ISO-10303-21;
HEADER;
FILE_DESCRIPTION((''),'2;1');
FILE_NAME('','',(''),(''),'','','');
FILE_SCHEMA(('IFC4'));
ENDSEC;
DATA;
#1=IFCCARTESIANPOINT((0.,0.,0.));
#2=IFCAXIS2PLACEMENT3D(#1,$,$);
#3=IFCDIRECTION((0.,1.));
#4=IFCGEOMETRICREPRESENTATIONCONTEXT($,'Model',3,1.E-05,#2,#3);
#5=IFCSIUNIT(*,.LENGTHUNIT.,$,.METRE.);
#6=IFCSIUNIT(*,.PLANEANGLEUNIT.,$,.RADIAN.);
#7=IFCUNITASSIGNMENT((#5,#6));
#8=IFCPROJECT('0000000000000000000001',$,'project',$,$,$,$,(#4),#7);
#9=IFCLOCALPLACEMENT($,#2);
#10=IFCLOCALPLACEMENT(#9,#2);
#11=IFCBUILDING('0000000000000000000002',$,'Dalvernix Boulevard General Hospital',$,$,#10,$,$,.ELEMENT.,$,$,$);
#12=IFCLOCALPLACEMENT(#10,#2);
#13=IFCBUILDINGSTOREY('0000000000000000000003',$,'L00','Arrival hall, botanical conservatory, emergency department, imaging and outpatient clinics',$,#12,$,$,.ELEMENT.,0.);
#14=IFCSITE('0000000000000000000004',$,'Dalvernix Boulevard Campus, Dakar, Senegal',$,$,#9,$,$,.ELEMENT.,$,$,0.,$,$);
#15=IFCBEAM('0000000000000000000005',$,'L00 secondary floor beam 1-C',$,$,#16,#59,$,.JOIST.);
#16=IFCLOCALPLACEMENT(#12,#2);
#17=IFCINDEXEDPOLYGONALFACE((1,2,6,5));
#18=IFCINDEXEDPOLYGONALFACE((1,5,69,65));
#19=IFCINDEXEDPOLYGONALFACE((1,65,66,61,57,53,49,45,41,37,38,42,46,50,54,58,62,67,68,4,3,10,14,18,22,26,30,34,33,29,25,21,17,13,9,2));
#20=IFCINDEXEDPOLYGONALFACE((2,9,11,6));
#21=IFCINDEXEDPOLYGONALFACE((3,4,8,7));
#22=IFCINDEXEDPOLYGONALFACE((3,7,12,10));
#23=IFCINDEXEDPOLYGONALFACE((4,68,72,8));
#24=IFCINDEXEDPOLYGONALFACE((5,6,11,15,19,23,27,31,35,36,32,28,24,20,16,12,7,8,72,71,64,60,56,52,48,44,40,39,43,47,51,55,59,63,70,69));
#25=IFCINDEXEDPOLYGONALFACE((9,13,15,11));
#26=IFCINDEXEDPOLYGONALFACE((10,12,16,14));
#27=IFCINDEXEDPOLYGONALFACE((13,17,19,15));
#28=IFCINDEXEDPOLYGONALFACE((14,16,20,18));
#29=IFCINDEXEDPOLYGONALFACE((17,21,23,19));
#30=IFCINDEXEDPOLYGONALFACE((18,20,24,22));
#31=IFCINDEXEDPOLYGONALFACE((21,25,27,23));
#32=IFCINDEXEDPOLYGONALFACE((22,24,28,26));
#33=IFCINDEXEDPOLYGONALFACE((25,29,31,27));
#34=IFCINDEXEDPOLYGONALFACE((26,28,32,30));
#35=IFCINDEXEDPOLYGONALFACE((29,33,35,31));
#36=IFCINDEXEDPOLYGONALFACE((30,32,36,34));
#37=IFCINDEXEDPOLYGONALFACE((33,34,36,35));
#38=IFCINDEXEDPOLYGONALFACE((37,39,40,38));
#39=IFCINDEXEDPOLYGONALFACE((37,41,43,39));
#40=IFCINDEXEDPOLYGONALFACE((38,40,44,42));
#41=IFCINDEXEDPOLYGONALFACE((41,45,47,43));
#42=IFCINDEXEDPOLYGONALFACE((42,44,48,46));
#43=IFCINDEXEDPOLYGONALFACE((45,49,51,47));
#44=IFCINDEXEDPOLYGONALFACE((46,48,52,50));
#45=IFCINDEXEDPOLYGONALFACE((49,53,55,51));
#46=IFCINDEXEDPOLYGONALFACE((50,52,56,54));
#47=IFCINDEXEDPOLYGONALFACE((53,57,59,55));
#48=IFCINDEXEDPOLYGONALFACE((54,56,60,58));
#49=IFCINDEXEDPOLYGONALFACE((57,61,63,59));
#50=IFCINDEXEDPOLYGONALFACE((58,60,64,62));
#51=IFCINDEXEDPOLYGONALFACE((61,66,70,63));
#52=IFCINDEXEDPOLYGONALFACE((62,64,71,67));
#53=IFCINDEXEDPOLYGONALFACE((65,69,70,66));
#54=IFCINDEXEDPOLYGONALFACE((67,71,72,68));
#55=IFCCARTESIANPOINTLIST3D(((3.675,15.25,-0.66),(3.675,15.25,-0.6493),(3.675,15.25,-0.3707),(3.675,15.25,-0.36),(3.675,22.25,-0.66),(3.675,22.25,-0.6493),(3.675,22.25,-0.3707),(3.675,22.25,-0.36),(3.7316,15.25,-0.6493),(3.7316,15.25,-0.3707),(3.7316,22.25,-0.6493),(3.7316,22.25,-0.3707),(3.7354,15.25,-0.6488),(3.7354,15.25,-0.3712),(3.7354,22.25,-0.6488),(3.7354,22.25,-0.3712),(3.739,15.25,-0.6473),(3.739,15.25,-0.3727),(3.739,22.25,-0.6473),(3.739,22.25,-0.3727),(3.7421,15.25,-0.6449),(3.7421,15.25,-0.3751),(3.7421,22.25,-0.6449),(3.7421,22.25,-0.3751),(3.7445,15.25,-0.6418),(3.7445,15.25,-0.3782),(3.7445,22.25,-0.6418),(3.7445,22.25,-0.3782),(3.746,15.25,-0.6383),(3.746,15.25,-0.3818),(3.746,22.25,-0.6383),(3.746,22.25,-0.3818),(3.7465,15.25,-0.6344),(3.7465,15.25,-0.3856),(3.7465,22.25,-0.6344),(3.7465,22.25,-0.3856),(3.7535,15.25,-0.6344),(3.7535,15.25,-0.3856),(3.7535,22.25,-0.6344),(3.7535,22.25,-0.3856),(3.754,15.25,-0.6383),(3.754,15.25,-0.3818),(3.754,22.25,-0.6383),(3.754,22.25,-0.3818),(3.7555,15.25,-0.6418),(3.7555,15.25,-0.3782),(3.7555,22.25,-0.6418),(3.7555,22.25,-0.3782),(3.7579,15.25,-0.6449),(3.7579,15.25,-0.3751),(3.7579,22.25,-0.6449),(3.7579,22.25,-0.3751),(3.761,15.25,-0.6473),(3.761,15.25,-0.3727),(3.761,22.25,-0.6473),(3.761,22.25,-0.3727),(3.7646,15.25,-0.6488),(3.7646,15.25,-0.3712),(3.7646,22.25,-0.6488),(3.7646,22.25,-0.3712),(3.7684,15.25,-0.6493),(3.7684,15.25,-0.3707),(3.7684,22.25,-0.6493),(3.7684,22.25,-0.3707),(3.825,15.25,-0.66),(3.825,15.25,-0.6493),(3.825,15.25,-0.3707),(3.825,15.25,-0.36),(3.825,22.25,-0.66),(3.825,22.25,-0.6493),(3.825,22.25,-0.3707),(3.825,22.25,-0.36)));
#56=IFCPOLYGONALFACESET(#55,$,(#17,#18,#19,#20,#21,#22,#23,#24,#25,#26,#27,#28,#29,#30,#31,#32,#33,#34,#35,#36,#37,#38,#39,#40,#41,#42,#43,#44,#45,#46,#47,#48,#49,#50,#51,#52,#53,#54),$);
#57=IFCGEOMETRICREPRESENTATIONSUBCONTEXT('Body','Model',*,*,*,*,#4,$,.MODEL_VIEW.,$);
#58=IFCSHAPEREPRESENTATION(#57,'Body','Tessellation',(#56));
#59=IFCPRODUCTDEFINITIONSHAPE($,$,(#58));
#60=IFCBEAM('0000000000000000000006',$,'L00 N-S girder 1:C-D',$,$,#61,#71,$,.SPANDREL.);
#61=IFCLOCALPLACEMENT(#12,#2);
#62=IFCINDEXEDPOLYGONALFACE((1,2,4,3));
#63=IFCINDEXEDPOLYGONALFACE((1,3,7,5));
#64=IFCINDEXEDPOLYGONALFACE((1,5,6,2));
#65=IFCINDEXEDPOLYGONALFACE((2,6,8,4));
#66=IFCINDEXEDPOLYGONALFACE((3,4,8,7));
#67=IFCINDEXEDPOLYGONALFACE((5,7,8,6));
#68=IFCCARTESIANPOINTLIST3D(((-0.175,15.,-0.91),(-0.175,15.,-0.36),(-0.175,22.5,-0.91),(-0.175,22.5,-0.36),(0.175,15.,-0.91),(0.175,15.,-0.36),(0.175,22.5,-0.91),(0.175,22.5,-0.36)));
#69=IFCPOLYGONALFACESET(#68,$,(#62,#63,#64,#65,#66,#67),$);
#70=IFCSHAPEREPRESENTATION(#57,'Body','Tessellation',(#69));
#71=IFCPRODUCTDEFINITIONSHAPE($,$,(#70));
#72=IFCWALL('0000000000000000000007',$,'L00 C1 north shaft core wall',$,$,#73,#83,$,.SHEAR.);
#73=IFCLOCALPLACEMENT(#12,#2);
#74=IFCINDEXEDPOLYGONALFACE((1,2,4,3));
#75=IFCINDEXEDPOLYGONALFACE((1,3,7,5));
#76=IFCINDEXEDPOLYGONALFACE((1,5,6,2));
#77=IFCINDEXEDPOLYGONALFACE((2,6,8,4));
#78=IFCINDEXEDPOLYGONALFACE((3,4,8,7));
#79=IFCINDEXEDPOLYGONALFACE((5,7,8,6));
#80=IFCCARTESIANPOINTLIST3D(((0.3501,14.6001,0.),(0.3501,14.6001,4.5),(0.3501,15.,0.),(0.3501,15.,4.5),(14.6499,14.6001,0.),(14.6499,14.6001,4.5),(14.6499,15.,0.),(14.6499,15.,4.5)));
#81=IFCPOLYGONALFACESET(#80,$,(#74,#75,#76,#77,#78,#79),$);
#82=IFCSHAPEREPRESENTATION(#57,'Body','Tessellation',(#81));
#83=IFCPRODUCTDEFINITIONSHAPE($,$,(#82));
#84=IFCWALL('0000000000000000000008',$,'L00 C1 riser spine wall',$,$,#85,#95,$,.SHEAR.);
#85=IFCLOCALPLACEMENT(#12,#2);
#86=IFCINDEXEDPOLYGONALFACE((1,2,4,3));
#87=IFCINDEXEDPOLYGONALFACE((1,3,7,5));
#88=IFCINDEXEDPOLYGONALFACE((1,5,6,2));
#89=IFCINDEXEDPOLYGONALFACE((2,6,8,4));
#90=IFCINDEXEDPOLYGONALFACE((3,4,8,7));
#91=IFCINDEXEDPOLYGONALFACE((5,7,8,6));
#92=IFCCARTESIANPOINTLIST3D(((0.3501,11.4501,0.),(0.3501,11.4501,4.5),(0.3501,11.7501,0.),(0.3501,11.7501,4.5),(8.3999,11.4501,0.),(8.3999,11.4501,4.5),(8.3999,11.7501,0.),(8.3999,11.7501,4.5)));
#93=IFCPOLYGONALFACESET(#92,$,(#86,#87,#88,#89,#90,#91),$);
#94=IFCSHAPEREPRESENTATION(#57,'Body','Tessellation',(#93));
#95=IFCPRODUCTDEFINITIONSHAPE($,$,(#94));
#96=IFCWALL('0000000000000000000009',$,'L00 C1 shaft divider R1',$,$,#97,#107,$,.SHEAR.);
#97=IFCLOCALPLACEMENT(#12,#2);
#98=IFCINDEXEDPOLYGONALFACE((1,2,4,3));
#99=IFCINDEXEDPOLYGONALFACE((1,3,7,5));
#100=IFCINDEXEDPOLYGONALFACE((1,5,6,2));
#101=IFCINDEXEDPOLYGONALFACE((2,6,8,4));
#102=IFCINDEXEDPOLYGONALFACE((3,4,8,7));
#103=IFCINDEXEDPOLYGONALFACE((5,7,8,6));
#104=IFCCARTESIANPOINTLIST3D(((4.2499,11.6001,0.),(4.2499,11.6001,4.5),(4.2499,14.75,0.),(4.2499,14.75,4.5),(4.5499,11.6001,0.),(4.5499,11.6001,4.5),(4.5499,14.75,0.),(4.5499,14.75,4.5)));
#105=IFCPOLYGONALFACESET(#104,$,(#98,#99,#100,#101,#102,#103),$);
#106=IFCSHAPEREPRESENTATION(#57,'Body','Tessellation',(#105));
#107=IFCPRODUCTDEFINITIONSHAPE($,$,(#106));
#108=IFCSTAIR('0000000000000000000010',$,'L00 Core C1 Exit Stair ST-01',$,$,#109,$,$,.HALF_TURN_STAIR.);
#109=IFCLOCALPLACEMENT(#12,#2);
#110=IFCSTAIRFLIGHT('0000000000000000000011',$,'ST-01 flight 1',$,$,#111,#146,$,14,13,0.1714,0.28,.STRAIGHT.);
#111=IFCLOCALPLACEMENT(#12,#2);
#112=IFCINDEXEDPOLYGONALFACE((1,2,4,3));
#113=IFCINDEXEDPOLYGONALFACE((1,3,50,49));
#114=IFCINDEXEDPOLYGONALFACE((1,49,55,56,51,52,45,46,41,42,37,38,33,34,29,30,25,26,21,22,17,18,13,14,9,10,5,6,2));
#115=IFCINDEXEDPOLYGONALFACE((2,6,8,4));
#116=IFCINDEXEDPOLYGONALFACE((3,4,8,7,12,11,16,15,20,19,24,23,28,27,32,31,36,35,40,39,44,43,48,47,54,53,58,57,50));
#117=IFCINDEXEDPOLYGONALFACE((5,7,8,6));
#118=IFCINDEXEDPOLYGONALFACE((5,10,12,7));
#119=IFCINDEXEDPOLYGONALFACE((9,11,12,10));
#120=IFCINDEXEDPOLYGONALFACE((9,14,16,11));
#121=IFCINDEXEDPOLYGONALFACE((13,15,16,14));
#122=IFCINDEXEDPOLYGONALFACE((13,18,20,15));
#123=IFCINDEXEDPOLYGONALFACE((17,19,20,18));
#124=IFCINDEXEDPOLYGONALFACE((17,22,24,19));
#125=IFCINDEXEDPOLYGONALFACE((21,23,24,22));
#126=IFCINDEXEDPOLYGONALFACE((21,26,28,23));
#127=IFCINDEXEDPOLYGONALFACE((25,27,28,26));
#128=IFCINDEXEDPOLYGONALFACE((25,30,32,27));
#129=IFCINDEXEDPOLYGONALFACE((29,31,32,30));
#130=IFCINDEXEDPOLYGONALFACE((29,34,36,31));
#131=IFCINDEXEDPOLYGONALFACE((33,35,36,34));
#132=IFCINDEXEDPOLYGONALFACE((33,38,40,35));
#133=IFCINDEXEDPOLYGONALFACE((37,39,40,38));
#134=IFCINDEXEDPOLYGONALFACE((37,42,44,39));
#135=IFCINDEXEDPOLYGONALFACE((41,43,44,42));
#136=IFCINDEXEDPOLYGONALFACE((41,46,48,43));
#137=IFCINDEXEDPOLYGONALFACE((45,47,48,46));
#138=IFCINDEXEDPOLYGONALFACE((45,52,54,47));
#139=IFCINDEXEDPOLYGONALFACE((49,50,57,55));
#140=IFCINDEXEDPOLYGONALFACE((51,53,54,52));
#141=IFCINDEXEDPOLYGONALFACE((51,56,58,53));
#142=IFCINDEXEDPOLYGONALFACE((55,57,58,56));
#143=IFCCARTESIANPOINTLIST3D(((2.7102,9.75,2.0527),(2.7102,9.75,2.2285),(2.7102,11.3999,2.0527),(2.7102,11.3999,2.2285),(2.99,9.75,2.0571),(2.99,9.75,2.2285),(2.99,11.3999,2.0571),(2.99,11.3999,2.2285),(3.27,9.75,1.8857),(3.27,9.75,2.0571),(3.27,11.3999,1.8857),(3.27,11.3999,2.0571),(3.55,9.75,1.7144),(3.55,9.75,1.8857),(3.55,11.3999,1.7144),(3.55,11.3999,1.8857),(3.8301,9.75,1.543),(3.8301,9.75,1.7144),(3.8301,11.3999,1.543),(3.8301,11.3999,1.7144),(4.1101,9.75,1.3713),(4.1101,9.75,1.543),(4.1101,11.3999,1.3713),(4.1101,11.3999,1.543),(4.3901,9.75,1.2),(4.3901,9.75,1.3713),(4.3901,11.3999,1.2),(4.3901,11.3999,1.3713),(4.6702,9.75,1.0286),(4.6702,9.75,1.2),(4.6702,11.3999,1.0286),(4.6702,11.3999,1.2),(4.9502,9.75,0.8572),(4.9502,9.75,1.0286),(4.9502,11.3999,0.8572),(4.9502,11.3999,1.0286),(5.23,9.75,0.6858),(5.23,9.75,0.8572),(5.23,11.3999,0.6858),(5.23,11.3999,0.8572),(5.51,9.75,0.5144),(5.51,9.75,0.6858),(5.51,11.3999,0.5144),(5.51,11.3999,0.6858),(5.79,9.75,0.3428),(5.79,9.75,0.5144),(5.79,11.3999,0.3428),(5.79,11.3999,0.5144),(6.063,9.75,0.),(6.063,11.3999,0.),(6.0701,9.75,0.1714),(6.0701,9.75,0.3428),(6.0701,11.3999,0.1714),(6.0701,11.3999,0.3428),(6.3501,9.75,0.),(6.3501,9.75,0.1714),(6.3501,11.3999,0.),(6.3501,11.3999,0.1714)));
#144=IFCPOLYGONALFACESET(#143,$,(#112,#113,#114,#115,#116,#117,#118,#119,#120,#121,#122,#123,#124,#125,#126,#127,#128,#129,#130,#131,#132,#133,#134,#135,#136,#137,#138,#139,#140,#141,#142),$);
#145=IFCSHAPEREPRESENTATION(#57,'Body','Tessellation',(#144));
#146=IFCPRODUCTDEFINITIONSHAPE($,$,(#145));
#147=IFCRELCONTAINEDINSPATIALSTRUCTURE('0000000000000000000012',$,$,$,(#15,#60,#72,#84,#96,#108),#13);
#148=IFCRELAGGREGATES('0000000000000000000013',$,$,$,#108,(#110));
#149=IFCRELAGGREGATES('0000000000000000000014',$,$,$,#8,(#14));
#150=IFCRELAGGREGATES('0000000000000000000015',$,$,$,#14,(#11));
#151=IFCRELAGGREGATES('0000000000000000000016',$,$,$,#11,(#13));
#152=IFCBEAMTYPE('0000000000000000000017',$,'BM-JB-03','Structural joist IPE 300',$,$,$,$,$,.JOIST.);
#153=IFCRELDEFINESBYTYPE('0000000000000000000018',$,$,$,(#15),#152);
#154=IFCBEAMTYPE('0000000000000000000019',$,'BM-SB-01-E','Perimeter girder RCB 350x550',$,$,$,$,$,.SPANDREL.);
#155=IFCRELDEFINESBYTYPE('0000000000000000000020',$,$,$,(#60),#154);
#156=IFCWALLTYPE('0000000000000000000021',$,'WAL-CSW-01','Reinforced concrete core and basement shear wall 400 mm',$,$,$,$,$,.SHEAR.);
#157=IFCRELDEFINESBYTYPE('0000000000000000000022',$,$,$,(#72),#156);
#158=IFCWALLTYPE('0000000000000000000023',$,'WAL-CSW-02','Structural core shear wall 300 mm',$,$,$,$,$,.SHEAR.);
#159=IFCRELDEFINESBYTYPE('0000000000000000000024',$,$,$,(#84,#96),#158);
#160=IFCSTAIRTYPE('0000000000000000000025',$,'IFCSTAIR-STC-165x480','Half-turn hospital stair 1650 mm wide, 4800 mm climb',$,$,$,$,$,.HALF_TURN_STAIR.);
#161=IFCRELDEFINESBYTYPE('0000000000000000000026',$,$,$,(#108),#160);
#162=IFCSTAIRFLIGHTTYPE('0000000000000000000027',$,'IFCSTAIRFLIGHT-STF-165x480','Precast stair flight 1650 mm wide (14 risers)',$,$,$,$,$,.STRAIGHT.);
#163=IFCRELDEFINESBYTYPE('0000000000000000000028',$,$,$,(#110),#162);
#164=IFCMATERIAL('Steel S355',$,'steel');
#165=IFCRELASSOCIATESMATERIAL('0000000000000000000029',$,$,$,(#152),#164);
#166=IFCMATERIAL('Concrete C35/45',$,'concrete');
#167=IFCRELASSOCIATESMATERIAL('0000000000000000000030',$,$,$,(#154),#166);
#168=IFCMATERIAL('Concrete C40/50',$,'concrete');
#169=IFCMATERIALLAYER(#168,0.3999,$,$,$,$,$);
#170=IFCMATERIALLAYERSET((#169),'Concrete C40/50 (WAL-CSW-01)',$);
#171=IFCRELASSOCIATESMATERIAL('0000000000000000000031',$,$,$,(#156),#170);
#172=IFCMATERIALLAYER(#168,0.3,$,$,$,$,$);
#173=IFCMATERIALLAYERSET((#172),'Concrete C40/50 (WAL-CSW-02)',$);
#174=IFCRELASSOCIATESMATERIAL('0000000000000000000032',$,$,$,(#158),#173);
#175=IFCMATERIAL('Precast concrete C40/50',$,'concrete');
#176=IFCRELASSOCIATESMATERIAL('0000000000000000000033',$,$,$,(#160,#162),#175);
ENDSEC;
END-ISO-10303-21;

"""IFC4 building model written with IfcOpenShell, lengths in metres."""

from ifc_helpers import new_model, si_unit, direction, frame, frame_2d, origin, origin_2d, place, context, subcontext, project, spatial, polyline, rectangle, i_section, outline, extrude, material, layer, layer_set, material_profile, profile_set, type_object, element, aggregate, save


model = new_model("IFC4")

# Units and contexts
model_context = context("Model", 3, precision=1e-05, world=origin(), true_north=direction((0.0, 1.0)))
body_context = subcontext(model_context, "Body", "Model", "MODEL_VIEW")
ifc_project = project(units=[si_unit("LENGTHUNIT", "METRE"), si_unit("PLANEANGLEUNIT", "RADIAN")], contexts=[model_context])

# Site, building, storey
site_placement = place(None, origin())
site = spatial("IfcSite", under=ifc_project, at=site_placement, Name="Dalvernix Boulevard Campus, Dakar, Senegal", CompositionType="ELEMENT", RefElevation=0.0)
building_placement = place(site_placement, origin())
building = spatial("IfcBuilding", under=site, at=building_placement, Name="Dalvernix Boulevard General Hospital", CompositionType="ELEMENT")
storey_placement = place(building_placement, origin())
storey = spatial("IfcBuildingStorey", under=building, at=storey_placement, Name="L00", Description="Arrival hall, botanical conservatory, emergency department, imaging and outpatient clinics", CompositionType="ELEMENT", Elevation=0.0)

# Shared definitions
ifc_material_1 = material(Name="Concrete C40/50", Category="concrete")
ifc_material_2 = material(Name="Steel S355", Category="steel")

# Beams
ifc_material_3 = material(Name="Concrete C35/45", Category="concrete")
ifc_material_profile_1 = material_profile(ifc_material_2, i_section(OverallWidth=0.1499, OverallDepth=0.3, WebThickness=0.0071, FlangeThickness=0.0107, FilletRadius=0.0149, at=origin_2d()), Name="IPE 300")
ifc_profile_set_1 = profile_set([ifc_material_profile_1], Name="Steel S355")
beam_type_1 = type_object("IfcBeamType", Name="BM-JB-03", Description="Structural joist IPE 300", PredefinedType="JOIST", material=ifc_profile_set_1)
beam_1_placement = place(storey_placement, frame((3.75, 15.25, -0.51), z_axis=(0.0, 1.0, 0.0), x_axis=(-1.0, 0.0, 0.0)))
element("IfcBeam", 1, at=beam_1_placement, inside=storey, type_object=beam_type_1, Name="L00 secondary floor beam 1-C", PredefinedType="JOIST", context=body_context, shape_type="SweptSolid", body=[
    extrude(i_section(OverallWidth=0.1499, OverallDepth=0.3, WebThickness=0.0071, FlangeThickness=0.0107, FilletRadius=0.0149, at=origin_2d()), origin(), (0.0, 0.0, 1.0), 7.0),
])
ifc_material_profile_2 = material_profile(ifc_material_3, rectangle(XDim=0.3501, YDim=0.55, at=origin_2d()), Name="RCB 350x550")
ifc_profile_set_2 = profile_set([ifc_material_profile_2], Name="Concrete C35/45")
beam_type_2 = type_object("IfcBeamType", Name="BM-SB-01-E", Description="Perimeter girder RCB 350x550", PredefinedType="SPANDREL", material=ifc_profile_set_2)
beam_2_placement = place(storey_placement, frame((0.0, 15.0, -0.635), z_axis=(0.0, 1.0, 0.0), x_axis=(-1.0, 0.0, 0.0)))
element("IfcBeam", 2, at=beam_2_placement, inside=storey, type_object=beam_type_2, Name="L00 N-S girder 1:C-D", PredefinedType="SPANDREL", context=body_context, shape_type="SweptSolid", body=[
    extrude(rectangle(XDim=0.3501, YDim=0.55, at=origin_2d()), origin(), (0.0, 0.0, 1.0), 7.5),
])

# Walls
ifc_layer_1 = layer(ifc_material_1, 0.3999)
ifc_layer_set_1 = layer_set([ifc_layer_1], Name="Concrete C40/50 (WAL-CSW-01)")
wall_type_1 = type_object("IfcWallType", Name="WAL-CSW-01", Description="Reinforced concrete core and basement shear wall 400 mm", PredefinedType="SHEAR", material=ifc_layer_set_1)
wall_1_placement = place(storey_placement, frame((0.3501, 14.8, 0.0), z_axis=(0.0, 0.0, 1.0), x_axis=(1.0, 0.0, 0.0)))
element("IfcWall", 3, at=wall_1_placement, inside=storey, type_object=wall_type_1, Name="L00 C1 north shaft core wall", PredefinedType="SHEAR", context=body_context, shape_type="SweptSolid", body=[
    extrude(rectangle(XDim=14.2998, YDim=0.3999, at=frame_2d((7.1499, 0.0))), origin(), (0.0, 0.0, 1.0), 4.5),
])
ifc_layer_2 = layer(ifc_material_1, 0.3)
ifc_layer_set_2 = layer_set([ifc_layer_2], Name="Concrete C40/50 (WAL-CSW-02)")
wall_type_2 = type_object("IfcWallType", Name="WAL-CSW-02", Description="Structural core shear wall 300 mm", PredefinedType="SHEAR", material=ifc_layer_set_2)
wall_2_placement = place(storey_placement, frame((0.3501, 11.6001, 0.0), z_axis=(0.0, 0.0, 1.0), x_axis=(1.0, 0.0, 0.0)))
element("IfcWall", 4, at=wall_2_placement, inside=storey, type_object=wall_type_2, Name="L00 C1 riser spine wall", PredefinedType="SHEAR", context=body_context, shape_type="SweptSolid", body=[
    extrude(rectangle(XDim=8.0498, YDim=0.3, at=frame_2d((4.0249, 0.0))), origin(), (0.0, 0.0, 1.0), 4.5),
])
wall_3_placement = place(storey_placement, frame((4.3999, 11.6001, 0.0), z_axis=(0.0, 0.0, 1.0), x_axis=(0.0, 1.0, 0.0)))
element("IfcWall", 5, at=wall_3_placement, inside=storey, type_object=wall_type_2, Name="L00 C1 shaft divider R1", PredefinedType="SHEAR", context=body_context, shape_type="SweptSolid", body=[
    extrude(rectangle(XDim=3.1499, YDim=0.3, at=frame_2d((1.575, 0.0))), origin(), (0.0, 0.0, 1.0), 4.5),
])

# Stair, stair flight
ifc_material_4 = material(Name="Precast concrete C40/50", Category="concrete")
stair_type = type_object("IfcStairType", Name="IFCSTAIR-STC-165x480", Description="Half-turn hospital stair 1650 mm wide, 4800 mm climb", PredefinedType="HALF_TURN_STAIR", material=ifc_material_4)
stair_placement = place(storey_placement, origin())
stair = element("IfcStair", 6, at=stair_placement, inside=storey, type_object=stair_type, Name="L00 Core C1 Exit Stair ST-01", PredefinedType="HALF_TURN_STAIR")
stair_flight_type = type_object("IfcStairFlightType", Name="IFCSTAIRFLIGHT-STF-165x480", Description="Precast stair flight 1650 mm wide (14 risers)", PredefinedType="STRAIGHT", material=ifc_material_4)
stair_flight_1_placement = place(storey_placement, frame((6.3501, 10.575, 0.0), z_axis=(0.0, 0.0, 1.0), x_axis=(-1.0, 0.0, 0.0)))
stair_flight_1 = element("IfcStairFlight", 7, at=stair_flight_1_placement, type_object=stair_flight_type, Name="ST-01 flight 1", NumberOfRisers=14, NumberOfTreads=13, PredefinedType="STRAIGHT", RiserHeight=0.1714, TreadLength=0.28, context=body_context, shape_type="SweptSolid", body=[
    extrude(outline(polyline([(0.0, 0.0), (0.0, 0.1714), (0.28, 0.1714), (0.28, 0.3428), (0.5601, 0.3428), (0.5601, 0.5144), (0.8401, 0.5144), (0.8401, 0.6858), (1.1201, 0.6858), (1.1201, 0.8572), (1.3999, 0.8572), (1.3999, 1.0286), (1.6799, 1.0286), (1.6799, 1.2), (1.96, 1.2), (1.96, 1.3713), (2.24, 1.3713), (2.24, 1.543), (2.52, 1.543), (2.52, 1.7144), (2.8, 1.7144), (2.8, 1.8857), (3.0801, 1.8857), (3.0801, 2.0571), (3.3601, 2.0571), (3.3601, 2.2285), (3.6399, 2.2285), (3.6399, 2.3999), (3.6399, 2.0527), (0.2871, 0.0), (0.0, 0.0)])), frame((0.0, 0.825, 0.0), z_axis=(0.0, -1.0, 0.0), x_axis=(1.0, 0.0, 0.0)), (0.0, 0.0, 1.0), 1.6499),
])
aggregate(stair, [stair_flight_1])

save(model, "model.ifc")
